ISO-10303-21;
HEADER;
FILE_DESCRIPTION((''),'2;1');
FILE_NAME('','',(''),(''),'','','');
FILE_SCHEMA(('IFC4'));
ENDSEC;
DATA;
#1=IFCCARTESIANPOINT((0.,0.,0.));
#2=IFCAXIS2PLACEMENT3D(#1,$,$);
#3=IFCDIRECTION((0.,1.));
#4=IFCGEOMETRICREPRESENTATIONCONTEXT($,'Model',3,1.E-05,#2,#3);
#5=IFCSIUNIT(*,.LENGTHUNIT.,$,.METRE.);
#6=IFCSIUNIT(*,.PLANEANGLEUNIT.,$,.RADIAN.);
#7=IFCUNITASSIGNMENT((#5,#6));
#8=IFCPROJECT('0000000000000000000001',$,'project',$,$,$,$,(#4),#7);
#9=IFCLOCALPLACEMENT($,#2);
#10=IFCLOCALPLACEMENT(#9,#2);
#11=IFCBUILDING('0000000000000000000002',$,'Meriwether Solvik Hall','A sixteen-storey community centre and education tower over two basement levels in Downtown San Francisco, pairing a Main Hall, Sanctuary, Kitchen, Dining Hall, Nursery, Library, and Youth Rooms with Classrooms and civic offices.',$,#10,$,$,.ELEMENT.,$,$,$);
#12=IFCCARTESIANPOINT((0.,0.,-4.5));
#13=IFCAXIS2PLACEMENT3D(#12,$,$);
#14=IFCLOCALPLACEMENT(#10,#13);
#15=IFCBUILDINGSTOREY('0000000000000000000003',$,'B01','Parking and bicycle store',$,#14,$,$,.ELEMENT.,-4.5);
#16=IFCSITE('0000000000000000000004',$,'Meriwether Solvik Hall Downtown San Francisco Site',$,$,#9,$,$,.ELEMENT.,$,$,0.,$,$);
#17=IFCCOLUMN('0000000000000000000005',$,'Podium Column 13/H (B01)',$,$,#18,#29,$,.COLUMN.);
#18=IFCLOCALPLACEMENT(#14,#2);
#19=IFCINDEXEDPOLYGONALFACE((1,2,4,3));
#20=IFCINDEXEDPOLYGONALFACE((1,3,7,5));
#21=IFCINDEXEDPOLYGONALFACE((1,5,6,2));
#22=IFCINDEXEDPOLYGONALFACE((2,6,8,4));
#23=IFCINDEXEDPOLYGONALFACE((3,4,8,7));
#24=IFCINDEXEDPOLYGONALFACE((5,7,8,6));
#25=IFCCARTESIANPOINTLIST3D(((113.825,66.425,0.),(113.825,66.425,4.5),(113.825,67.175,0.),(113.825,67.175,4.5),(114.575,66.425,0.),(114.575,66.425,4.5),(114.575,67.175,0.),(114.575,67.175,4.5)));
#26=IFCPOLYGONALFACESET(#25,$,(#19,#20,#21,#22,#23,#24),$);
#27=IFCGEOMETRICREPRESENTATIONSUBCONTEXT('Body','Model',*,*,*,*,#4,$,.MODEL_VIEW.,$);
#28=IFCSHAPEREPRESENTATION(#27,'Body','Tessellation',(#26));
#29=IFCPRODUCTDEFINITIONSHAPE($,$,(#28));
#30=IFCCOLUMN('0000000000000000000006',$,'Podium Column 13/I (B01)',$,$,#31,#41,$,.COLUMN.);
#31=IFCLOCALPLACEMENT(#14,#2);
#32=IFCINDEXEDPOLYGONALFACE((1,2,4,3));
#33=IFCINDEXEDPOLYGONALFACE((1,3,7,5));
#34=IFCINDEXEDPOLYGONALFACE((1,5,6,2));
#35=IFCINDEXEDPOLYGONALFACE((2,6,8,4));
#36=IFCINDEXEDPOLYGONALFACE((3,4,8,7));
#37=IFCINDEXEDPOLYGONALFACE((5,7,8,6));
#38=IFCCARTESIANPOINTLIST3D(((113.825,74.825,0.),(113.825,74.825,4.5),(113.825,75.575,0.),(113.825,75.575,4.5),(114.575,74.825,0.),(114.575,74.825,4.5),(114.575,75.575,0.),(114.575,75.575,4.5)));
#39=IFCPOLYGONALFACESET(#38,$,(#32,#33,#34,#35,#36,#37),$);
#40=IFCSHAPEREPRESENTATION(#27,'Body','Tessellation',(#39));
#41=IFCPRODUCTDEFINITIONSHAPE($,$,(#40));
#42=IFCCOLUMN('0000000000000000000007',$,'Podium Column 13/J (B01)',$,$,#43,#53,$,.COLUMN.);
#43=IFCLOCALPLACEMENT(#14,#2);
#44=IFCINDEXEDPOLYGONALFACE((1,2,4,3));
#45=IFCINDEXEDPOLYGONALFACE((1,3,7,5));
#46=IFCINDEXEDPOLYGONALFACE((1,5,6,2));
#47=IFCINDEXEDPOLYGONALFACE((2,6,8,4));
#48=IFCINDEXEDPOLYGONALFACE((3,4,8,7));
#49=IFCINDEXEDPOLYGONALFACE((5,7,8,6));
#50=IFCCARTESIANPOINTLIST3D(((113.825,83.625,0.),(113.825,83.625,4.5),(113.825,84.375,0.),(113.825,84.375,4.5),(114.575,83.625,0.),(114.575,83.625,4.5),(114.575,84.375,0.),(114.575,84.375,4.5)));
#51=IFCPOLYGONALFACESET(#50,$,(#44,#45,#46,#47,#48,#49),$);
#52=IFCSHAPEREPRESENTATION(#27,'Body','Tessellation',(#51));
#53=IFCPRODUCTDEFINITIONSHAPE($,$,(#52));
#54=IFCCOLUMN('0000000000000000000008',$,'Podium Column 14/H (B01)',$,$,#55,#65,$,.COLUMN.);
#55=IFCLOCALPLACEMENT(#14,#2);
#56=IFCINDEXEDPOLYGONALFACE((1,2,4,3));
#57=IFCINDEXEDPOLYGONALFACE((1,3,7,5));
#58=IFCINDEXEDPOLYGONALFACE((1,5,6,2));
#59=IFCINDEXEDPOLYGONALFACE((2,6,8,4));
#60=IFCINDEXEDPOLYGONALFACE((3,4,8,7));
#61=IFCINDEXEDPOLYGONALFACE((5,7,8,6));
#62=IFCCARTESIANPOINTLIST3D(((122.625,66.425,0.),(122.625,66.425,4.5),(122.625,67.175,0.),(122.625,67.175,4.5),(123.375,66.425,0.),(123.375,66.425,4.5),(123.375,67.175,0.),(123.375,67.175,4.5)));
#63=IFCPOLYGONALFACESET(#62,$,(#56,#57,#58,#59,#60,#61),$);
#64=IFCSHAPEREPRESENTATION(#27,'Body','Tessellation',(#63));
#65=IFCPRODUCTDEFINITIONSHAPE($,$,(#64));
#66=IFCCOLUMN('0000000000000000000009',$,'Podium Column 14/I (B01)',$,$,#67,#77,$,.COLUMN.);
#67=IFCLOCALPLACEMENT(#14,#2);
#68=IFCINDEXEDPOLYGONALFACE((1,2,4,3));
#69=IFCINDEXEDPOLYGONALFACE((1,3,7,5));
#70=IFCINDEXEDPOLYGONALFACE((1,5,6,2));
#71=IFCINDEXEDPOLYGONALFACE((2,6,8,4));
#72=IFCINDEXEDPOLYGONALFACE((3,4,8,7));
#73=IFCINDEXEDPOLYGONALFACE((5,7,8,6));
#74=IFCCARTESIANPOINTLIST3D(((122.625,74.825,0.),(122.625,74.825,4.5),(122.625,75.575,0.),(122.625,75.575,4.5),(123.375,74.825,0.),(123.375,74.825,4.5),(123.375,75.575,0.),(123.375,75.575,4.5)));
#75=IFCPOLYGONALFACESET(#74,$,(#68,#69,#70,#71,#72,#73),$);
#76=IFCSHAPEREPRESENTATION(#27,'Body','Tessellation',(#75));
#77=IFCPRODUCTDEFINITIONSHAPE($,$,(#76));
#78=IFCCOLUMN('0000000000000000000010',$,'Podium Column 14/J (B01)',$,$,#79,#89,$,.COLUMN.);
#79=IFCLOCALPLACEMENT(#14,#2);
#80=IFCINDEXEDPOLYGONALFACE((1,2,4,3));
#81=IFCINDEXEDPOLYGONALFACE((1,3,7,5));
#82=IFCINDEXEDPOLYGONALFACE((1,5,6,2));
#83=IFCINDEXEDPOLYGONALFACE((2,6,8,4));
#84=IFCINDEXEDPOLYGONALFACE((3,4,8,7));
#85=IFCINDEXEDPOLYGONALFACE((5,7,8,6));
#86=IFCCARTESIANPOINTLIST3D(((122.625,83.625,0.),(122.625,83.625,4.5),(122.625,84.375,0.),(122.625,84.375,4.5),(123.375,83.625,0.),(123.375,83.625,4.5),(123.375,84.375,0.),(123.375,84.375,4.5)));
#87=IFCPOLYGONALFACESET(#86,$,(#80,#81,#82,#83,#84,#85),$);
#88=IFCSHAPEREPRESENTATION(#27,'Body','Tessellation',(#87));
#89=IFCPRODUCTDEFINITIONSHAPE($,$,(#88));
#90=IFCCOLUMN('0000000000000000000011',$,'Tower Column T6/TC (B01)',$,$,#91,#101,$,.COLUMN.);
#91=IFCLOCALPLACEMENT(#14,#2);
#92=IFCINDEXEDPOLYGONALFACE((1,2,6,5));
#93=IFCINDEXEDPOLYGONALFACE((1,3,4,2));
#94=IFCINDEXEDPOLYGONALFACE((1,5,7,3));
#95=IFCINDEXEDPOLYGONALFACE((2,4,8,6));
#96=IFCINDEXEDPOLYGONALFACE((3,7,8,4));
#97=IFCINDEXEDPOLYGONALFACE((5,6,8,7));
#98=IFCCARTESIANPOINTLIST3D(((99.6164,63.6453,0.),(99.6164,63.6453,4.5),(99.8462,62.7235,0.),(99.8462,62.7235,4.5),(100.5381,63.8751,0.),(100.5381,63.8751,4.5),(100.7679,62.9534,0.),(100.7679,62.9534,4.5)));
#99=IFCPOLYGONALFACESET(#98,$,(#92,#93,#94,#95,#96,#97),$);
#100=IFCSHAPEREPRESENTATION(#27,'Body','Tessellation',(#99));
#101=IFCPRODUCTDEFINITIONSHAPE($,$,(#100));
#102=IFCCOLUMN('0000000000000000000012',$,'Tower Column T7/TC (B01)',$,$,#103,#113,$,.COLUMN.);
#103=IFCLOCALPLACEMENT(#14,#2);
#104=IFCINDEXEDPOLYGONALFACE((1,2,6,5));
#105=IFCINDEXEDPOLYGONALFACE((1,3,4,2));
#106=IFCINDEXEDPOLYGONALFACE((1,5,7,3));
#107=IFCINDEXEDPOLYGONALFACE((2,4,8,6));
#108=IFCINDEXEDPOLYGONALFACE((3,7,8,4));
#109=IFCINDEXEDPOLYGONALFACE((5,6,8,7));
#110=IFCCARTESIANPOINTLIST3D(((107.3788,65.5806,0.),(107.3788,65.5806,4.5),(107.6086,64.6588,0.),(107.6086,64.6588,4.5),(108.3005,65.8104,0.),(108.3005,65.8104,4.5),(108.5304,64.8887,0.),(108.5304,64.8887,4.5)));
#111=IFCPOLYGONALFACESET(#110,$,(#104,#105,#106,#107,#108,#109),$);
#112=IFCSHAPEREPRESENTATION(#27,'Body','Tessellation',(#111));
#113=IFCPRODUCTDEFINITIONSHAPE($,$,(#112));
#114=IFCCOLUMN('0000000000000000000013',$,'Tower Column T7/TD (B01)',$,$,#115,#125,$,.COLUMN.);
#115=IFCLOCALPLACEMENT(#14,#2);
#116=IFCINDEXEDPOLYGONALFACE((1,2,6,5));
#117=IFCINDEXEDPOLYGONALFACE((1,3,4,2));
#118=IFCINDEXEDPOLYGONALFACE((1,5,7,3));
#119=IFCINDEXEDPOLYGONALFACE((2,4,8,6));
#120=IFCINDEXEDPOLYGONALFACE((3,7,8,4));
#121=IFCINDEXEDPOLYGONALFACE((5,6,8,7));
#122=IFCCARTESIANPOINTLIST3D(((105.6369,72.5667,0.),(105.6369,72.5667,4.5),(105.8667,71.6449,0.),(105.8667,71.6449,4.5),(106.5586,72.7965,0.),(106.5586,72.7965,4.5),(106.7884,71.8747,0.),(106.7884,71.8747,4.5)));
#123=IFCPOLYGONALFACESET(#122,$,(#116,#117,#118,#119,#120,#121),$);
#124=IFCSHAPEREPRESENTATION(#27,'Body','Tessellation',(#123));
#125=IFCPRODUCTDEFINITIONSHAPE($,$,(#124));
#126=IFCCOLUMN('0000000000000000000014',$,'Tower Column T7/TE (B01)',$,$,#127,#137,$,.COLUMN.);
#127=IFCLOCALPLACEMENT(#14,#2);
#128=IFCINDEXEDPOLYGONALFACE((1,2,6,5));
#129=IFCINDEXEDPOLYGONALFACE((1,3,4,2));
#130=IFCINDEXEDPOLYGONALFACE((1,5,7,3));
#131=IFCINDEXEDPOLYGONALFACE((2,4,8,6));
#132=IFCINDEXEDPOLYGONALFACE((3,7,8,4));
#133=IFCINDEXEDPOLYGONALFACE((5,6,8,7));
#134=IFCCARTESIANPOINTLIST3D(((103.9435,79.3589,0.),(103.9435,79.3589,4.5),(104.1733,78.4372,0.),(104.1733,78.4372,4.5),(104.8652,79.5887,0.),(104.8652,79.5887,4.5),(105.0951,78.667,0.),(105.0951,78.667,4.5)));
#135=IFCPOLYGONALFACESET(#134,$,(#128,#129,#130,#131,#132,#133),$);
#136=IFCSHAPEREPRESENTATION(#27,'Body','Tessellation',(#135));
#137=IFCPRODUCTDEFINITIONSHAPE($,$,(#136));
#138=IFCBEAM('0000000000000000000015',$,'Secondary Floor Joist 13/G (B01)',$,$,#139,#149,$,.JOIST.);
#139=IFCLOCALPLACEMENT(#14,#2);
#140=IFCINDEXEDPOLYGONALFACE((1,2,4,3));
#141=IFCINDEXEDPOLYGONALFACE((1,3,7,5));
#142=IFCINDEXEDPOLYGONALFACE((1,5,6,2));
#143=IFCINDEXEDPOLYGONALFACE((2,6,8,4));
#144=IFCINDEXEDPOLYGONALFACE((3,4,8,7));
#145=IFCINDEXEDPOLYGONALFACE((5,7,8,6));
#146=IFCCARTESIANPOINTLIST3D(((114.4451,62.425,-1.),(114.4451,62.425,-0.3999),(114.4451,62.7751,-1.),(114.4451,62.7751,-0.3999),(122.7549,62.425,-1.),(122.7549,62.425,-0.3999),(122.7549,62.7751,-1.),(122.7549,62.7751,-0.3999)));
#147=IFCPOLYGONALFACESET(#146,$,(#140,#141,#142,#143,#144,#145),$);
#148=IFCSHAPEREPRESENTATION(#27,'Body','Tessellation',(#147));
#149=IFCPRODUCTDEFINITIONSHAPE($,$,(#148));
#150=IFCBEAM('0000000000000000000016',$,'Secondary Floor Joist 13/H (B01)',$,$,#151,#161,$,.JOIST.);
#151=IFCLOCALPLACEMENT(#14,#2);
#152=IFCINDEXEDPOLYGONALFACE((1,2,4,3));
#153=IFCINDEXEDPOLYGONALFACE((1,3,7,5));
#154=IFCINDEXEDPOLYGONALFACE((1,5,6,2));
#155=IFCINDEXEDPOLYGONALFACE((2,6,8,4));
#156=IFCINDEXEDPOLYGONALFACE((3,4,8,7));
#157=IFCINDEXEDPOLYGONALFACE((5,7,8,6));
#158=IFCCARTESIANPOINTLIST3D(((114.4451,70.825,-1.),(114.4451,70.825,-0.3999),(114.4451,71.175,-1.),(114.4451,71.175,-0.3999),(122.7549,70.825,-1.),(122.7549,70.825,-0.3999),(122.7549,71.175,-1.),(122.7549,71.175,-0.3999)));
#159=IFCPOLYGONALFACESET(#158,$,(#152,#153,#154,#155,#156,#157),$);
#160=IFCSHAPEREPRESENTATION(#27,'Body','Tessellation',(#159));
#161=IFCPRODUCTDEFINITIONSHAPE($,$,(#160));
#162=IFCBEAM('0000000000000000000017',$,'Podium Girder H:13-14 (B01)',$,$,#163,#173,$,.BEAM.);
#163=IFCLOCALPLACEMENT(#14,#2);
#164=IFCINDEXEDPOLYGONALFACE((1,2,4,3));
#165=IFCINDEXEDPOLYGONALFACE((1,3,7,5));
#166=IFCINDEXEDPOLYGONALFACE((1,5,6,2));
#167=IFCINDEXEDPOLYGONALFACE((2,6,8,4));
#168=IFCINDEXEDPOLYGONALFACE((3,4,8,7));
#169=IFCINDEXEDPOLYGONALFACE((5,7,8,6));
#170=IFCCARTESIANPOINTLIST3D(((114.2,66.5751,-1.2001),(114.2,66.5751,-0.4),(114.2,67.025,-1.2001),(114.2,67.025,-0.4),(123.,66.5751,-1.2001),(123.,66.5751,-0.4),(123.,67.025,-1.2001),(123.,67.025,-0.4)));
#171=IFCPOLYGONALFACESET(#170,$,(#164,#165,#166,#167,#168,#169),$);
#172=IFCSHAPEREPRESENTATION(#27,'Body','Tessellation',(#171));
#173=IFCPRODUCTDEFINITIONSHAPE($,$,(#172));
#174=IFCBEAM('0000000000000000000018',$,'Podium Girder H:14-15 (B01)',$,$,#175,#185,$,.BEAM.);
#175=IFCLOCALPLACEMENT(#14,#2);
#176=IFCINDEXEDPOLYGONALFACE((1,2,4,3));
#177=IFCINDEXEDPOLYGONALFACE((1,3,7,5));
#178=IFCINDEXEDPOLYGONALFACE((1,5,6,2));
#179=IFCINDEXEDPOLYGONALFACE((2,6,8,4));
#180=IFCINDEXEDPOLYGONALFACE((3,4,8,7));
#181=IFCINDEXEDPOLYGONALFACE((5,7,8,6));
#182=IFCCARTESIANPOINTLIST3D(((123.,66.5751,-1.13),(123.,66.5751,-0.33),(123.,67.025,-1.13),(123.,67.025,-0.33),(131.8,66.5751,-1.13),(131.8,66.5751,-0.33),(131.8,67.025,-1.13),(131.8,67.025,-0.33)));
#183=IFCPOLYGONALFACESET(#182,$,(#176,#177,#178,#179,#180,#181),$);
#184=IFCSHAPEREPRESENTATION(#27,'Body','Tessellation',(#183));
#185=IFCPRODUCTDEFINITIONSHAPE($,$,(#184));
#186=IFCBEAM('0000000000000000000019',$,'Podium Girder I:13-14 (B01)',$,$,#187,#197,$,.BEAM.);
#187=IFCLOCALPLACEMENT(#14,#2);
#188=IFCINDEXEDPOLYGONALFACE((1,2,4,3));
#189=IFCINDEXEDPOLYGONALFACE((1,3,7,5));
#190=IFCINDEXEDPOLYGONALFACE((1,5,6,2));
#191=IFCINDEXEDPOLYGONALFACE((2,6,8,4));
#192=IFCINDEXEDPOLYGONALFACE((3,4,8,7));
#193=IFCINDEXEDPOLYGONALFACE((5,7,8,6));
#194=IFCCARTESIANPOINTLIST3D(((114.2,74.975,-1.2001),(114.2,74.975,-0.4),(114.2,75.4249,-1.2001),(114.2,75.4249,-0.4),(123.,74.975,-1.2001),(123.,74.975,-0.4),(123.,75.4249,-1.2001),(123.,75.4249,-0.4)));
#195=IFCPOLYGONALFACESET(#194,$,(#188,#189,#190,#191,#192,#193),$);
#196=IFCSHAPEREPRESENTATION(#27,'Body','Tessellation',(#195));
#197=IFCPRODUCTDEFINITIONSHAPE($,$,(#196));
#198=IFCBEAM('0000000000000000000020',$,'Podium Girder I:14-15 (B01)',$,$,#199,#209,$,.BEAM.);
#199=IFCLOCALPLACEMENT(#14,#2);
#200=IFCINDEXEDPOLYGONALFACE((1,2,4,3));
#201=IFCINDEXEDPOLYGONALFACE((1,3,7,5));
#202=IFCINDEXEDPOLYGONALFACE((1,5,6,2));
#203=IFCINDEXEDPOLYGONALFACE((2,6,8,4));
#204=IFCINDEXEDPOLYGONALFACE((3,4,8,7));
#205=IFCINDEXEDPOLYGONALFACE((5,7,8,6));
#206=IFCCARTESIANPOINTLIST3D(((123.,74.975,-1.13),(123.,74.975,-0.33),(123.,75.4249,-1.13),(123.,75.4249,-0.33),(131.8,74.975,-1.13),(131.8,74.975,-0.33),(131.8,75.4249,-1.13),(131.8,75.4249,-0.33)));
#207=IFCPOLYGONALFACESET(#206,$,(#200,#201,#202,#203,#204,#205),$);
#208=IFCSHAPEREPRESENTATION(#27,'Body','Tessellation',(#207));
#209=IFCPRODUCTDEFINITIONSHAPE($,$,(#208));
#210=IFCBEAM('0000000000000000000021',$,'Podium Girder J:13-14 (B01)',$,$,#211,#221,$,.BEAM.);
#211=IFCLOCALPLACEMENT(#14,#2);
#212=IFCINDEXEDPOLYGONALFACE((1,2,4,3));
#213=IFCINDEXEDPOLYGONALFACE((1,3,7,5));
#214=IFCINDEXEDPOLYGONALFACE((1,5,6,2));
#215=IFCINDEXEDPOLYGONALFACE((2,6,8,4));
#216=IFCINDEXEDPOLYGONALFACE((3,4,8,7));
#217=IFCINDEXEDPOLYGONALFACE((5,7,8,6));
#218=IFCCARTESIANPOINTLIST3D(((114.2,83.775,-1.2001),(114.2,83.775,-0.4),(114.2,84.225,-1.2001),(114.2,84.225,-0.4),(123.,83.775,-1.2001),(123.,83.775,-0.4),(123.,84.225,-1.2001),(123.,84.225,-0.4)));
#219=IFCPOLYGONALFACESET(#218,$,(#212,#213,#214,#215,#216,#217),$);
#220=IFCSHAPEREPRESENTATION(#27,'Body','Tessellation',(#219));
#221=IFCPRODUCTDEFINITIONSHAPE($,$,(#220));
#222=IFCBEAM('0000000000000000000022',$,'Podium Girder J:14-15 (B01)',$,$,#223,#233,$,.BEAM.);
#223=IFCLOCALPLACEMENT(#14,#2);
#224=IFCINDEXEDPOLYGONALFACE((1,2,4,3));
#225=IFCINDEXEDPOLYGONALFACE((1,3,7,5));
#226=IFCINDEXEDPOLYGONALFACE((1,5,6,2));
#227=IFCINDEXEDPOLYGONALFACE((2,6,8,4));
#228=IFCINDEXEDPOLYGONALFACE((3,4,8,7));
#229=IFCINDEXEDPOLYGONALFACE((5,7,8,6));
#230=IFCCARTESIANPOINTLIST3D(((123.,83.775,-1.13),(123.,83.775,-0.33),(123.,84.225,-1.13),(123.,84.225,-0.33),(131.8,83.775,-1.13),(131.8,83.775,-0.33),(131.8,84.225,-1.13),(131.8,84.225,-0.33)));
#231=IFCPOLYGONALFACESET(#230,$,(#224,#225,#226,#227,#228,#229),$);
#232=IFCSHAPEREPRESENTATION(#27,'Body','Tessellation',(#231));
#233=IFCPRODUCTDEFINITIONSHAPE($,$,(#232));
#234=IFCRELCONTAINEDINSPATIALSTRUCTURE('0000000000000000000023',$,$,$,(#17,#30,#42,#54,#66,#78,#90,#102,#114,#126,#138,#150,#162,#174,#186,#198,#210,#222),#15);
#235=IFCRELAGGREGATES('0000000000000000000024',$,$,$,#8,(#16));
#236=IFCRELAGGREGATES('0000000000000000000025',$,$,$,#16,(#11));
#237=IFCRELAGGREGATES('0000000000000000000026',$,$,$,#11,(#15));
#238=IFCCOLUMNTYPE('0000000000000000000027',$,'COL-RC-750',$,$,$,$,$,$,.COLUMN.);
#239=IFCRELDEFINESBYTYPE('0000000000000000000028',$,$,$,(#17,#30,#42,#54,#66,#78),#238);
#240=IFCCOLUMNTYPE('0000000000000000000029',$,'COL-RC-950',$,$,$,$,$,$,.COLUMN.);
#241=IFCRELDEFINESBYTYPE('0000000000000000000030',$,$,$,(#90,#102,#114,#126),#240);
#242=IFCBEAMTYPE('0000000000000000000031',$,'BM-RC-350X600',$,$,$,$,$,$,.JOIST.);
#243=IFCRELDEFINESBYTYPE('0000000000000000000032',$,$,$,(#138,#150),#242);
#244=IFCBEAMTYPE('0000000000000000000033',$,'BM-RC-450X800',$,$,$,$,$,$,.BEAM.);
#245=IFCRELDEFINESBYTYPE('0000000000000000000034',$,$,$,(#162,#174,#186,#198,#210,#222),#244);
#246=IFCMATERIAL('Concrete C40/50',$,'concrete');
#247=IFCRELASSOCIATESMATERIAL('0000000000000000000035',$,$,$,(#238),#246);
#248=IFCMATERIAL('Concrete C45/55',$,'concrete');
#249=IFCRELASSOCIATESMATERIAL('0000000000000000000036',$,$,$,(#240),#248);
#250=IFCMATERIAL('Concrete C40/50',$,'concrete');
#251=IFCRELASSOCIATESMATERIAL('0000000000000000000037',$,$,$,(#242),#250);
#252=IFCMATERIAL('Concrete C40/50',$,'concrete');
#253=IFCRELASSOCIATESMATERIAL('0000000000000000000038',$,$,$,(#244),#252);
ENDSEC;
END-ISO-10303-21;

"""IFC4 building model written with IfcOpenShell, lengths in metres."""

from ifc_helpers import new_model, si_unit, direction, frame, origin, origin_2d, place, context, subcontext, project, spatial, rectangle, extrude, material, material_profile, profile_set, type_object, element, save


model = new_model("IFC4")

# Units and contexts
model_context = context("Model", 3, precision=1e-05, world=origin(), true_north=direction((0.0, 1.0)))
body_context = subcontext(model_context, "Body", "Model", "MODEL_VIEW")
ifc_project = project(units=[si_unit("LENGTHUNIT", "METRE"), si_unit("PLANEANGLEUNIT", "RADIAN")], contexts=[model_context])

# Site, building, storey
site_placement = place(None, origin())
site = spatial("IfcSite", under=ifc_project, at=site_placement, Name="Meriwether Solvik Hall Downtown San Francisco Site", CompositionType="ELEMENT", RefElevation=0.0)
building_placement = place(site_placement, origin())
building = spatial("IfcBuilding", under=site, at=building_placement, Name="Meriwether Solvik Hall", Description="A sixteen-storey community centre and education tower over two basement levels in Downtown San Francisco, pairing a Main Hall, Sanctuary, Kitchen, Dining Hall, Nursery, Library, and Youth Rooms with Classrooms and civic offices.", CompositionType="ELEMENT")
storey_placement = place(building_placement, frame((0.0, 0.0, -4.5)))
storey = spatial("IfcBuildingStorey", under=building, at=storey_placement, Name="B01", Description="Parking and bicycle store", CompositionType="ELEMENT", Elevation=-4.5)

# Columns
ifc_material_1 = material(Name="Concrete C40/50", Category="concrete")
ifc_material_profile_1 = material_profile(ifc_material_1, rectangle(XDim=0.75, YDim=0.75, at=origin_2d()), Name="RCC-750X750")
ifc_profile_set_1 = profile_set([ifc_material_profile_1], Name="Concrete C40/50")
column_type_1 = type_object("IfcColumnType", Name="COL-RC-750", PredefinedType="COLUMN", material=ifc_profile_set_1)
for number, where, z_axis, x_axis, name in (
    (1, (114.2, 66.8, 0.0), (0.0, 0.0, 1.0), (1.0, 0.0, 0.0), "Podium Column 13/H (B01)"),
    (2, (114.2, 75.2, 0.0), (0.0, 0.0, 1.0), (1.0, 0.0, 0.0), "Podium Column 13/I (B01)"),
    (3, (114.2, 84.0, 0.0), (0.0, 0.0, 1.0), (1.0, 0.0, 0.0), "Podium Column 13/J (B01)"),
    (4, (123.0, 66.8, 0.0), (0.0, 0.0, 1.0), (1.0, 0.0, 0.0), "Podium Column 14/H (B01)"),
    (5, (123.0, 75.2, 0.0), (0.0, 0.0, 1.0), (1.0, 0.0, 0.0), "Podium Column 14/I (B01)"),
    (6, (123.0, 84.0, 0.0), (0.0, 0.0, 1.0), (1.0, 0.0, 0.0), "Podium Column 14/J (B01)"),
):
    element("IfcColumn", number, at=place(storey_placement, frame(where, z_axis=z_axis, x_axis=x_axis)), inside=storey, type_object=column_type_1, Name=name, PredefinedType="COLUMN", context=body_context, shape_type="SweptSolid", body=[
        extrude(rectangle(XDim=0.75, YDim=0.75, at=origin_2d()), origin(), (0.0, 0.0, 1.0), 4.5),
    ])
ifc_material_2 = material(Name="Concrete C45/55", Category="concrete")
ifc_material_profile_2 = material_profile(ifc_material_2, rectangle(XDim=0.95, YDim=0.95, at=origin_2d()), Name="RCC-950X950")
ifc_profile_set_2 = profile_set([ifc_material_profile_2], Name="Concrete C45/55")
column_type_2 = type_object("IfcColumnType", Name="COL-RC-950", PredefinedType="COLUMN", material=ifc_profile_set_2)
for number, where, z_axis, x_axis, name in (
    (7, (100.1921, 63.2993, 0.0), (0.0, 0.0, 1.0), (0.970296, 0.241922, 0.0), "Tower Column T6/TC (B01)"),
    (8, (107.9546, 65.2346, 0.0), (0.0, 0.0, 1.0), (0.970296, 0.241922, 0.0), "Tower Column T7/TC (B01)"),
    (9, (106.2126, 72.2207, 0.0), (0.0, 0.0, 1.0), (0.970296, 0.241922, 0.0), "Tower Column T7/TD (B01)"),
    (10, (104.5193, 79.0129, 0.0), (0.0, 0.0, 1.0), (0.970296, 0.241922, 0.0), "Tower Column T7/TE (B01)"),
):
    element("IfcColumn", number, at=place(storey_placement, frame(where, z_axis=z_axis, x_axis=x_axis)), inside=storey, type_object=column_type_2, Name=name, PredefinedType="COLUMN", context=body_context, shape_type="SweptSolid", body=[
        extrude(rectangle(XDim=0.95, YDim=0.95, at=origin_2d()), origin(), (0.0, 0.0, 1.0), 4.5),
    ])

# Beams
ifc_material_3 = material(Name="Concrete C40/50", Category="concrete")
ifc_material_profile_3 = material_profile(ifc_material_3, rectangle(XDim=0.3501, YDim=0.6001, at=origin_2d()), Name="RCB-350X600")
ifc_profile_set_3 = profile_set([ifc_material_profile_3], Name="Concrete C40/50")
beam_type_1 = type_object("IfcBeamType", Name="BM-RC-350X600", PredefinedType="JOIST", material=ifc_profile_set_3)
for number, where, z_axis, x_axis, name in (
    (11, (114.4451, 62.6001, -0.7), (1.0, 0.0, 0.0), (0.0, 1.0, 0.0), "Secondary Floor Joist 13/G (B01)"),
    (12, (114.4451, 71.0, -0.7), (1.0, 0.0, 0.0), (0.0, 1.0, 0.0), "Secondary Floor Joist 13/H (B01)"),
):
    element("IfcBeam", number, at=place(storey_placement, frame(where, z_axis=z_axis, x_axis=x_axis)), inside=storey, type_object=beam_type_1, Name=name, PredefinedType="JOIST", context=body_context, shape_type="SweptSolid", body=[
        extrude(rectangle(XDim=0.3501, YDim=0.6001, at=origin_2d()), origin(), (0.0, 0.0, 1.0), 8.3098),
    ])
ifc_material_4 = material(Name="Concrete C40/50", Category="concrete")
ifc_material_profile_4 = material_profile(ifc_material_4, rectangle(XDim=0.45, YDim=0.8, at=origin_2d()), Name="RCB-450X800")
ifc_profile_set_4 = profile_set([ifc_material_profile_4], Name="Concrete C40/50")
beam_type_2 = type_object("IfcBeamType", Name="BM-RC-450X800", PredefinedType="BEAM", material=ifc_profile_set_4)
for number, where, z_axis, x_axis, name in (
    (13, (114.2, 66.8, -0.8), (1.0, 0.0, 0.0), (0.0, 1.0, 0.0), "Podium Girder H:13-14 (B01)"),
    (14, (123.0, 66.8, -0.73), (1.0, 0.0, 0.0), (0.0, 1.0, 0.0), "Podium Girder H:14-15 (B01)"),
    (15, (114.2, 75.2, -0.8), (1.0, 0.0, 0.0), (0.0, 1.0, 0.0), "Podium Girder I:13-14 (B01)"),
    (16, (123.0, 75.2, -0.73), (1.0, 0.0, 0.0), (0.0, 1.0, 0.0), "Podium Girder I:14-15 (B01)"),
    (17, (114.2, 84.0, -0.8), (1.0, 0.0, 0.0), (0.0, 1.0, 0.0), "Podium Girder J:13-14 (B01)"),
    (18, (123.0, 84.0, -0.73), (1.0, 0.0, 0.0), (0.0, 1.0, 0.0), "Podium Girder J:14-15 (B01)"),
):
    element("IfcBeam", number, at=place(storey_placement, frame(where, z_axis=z_axis, x_axis=x_axis)), inside=storey, type_object=beam_type_2, Name=name, PredefinedType="BEAM", context=body_context, shape_type="SweptSolid", body=[
        extrude(rectangle(XDim=0.45, YDim=0.8, at=origin_2d()), origin(), (0.0, 0.0, 1.0), 8.8),
    ])

save(model, "model.ifc")
